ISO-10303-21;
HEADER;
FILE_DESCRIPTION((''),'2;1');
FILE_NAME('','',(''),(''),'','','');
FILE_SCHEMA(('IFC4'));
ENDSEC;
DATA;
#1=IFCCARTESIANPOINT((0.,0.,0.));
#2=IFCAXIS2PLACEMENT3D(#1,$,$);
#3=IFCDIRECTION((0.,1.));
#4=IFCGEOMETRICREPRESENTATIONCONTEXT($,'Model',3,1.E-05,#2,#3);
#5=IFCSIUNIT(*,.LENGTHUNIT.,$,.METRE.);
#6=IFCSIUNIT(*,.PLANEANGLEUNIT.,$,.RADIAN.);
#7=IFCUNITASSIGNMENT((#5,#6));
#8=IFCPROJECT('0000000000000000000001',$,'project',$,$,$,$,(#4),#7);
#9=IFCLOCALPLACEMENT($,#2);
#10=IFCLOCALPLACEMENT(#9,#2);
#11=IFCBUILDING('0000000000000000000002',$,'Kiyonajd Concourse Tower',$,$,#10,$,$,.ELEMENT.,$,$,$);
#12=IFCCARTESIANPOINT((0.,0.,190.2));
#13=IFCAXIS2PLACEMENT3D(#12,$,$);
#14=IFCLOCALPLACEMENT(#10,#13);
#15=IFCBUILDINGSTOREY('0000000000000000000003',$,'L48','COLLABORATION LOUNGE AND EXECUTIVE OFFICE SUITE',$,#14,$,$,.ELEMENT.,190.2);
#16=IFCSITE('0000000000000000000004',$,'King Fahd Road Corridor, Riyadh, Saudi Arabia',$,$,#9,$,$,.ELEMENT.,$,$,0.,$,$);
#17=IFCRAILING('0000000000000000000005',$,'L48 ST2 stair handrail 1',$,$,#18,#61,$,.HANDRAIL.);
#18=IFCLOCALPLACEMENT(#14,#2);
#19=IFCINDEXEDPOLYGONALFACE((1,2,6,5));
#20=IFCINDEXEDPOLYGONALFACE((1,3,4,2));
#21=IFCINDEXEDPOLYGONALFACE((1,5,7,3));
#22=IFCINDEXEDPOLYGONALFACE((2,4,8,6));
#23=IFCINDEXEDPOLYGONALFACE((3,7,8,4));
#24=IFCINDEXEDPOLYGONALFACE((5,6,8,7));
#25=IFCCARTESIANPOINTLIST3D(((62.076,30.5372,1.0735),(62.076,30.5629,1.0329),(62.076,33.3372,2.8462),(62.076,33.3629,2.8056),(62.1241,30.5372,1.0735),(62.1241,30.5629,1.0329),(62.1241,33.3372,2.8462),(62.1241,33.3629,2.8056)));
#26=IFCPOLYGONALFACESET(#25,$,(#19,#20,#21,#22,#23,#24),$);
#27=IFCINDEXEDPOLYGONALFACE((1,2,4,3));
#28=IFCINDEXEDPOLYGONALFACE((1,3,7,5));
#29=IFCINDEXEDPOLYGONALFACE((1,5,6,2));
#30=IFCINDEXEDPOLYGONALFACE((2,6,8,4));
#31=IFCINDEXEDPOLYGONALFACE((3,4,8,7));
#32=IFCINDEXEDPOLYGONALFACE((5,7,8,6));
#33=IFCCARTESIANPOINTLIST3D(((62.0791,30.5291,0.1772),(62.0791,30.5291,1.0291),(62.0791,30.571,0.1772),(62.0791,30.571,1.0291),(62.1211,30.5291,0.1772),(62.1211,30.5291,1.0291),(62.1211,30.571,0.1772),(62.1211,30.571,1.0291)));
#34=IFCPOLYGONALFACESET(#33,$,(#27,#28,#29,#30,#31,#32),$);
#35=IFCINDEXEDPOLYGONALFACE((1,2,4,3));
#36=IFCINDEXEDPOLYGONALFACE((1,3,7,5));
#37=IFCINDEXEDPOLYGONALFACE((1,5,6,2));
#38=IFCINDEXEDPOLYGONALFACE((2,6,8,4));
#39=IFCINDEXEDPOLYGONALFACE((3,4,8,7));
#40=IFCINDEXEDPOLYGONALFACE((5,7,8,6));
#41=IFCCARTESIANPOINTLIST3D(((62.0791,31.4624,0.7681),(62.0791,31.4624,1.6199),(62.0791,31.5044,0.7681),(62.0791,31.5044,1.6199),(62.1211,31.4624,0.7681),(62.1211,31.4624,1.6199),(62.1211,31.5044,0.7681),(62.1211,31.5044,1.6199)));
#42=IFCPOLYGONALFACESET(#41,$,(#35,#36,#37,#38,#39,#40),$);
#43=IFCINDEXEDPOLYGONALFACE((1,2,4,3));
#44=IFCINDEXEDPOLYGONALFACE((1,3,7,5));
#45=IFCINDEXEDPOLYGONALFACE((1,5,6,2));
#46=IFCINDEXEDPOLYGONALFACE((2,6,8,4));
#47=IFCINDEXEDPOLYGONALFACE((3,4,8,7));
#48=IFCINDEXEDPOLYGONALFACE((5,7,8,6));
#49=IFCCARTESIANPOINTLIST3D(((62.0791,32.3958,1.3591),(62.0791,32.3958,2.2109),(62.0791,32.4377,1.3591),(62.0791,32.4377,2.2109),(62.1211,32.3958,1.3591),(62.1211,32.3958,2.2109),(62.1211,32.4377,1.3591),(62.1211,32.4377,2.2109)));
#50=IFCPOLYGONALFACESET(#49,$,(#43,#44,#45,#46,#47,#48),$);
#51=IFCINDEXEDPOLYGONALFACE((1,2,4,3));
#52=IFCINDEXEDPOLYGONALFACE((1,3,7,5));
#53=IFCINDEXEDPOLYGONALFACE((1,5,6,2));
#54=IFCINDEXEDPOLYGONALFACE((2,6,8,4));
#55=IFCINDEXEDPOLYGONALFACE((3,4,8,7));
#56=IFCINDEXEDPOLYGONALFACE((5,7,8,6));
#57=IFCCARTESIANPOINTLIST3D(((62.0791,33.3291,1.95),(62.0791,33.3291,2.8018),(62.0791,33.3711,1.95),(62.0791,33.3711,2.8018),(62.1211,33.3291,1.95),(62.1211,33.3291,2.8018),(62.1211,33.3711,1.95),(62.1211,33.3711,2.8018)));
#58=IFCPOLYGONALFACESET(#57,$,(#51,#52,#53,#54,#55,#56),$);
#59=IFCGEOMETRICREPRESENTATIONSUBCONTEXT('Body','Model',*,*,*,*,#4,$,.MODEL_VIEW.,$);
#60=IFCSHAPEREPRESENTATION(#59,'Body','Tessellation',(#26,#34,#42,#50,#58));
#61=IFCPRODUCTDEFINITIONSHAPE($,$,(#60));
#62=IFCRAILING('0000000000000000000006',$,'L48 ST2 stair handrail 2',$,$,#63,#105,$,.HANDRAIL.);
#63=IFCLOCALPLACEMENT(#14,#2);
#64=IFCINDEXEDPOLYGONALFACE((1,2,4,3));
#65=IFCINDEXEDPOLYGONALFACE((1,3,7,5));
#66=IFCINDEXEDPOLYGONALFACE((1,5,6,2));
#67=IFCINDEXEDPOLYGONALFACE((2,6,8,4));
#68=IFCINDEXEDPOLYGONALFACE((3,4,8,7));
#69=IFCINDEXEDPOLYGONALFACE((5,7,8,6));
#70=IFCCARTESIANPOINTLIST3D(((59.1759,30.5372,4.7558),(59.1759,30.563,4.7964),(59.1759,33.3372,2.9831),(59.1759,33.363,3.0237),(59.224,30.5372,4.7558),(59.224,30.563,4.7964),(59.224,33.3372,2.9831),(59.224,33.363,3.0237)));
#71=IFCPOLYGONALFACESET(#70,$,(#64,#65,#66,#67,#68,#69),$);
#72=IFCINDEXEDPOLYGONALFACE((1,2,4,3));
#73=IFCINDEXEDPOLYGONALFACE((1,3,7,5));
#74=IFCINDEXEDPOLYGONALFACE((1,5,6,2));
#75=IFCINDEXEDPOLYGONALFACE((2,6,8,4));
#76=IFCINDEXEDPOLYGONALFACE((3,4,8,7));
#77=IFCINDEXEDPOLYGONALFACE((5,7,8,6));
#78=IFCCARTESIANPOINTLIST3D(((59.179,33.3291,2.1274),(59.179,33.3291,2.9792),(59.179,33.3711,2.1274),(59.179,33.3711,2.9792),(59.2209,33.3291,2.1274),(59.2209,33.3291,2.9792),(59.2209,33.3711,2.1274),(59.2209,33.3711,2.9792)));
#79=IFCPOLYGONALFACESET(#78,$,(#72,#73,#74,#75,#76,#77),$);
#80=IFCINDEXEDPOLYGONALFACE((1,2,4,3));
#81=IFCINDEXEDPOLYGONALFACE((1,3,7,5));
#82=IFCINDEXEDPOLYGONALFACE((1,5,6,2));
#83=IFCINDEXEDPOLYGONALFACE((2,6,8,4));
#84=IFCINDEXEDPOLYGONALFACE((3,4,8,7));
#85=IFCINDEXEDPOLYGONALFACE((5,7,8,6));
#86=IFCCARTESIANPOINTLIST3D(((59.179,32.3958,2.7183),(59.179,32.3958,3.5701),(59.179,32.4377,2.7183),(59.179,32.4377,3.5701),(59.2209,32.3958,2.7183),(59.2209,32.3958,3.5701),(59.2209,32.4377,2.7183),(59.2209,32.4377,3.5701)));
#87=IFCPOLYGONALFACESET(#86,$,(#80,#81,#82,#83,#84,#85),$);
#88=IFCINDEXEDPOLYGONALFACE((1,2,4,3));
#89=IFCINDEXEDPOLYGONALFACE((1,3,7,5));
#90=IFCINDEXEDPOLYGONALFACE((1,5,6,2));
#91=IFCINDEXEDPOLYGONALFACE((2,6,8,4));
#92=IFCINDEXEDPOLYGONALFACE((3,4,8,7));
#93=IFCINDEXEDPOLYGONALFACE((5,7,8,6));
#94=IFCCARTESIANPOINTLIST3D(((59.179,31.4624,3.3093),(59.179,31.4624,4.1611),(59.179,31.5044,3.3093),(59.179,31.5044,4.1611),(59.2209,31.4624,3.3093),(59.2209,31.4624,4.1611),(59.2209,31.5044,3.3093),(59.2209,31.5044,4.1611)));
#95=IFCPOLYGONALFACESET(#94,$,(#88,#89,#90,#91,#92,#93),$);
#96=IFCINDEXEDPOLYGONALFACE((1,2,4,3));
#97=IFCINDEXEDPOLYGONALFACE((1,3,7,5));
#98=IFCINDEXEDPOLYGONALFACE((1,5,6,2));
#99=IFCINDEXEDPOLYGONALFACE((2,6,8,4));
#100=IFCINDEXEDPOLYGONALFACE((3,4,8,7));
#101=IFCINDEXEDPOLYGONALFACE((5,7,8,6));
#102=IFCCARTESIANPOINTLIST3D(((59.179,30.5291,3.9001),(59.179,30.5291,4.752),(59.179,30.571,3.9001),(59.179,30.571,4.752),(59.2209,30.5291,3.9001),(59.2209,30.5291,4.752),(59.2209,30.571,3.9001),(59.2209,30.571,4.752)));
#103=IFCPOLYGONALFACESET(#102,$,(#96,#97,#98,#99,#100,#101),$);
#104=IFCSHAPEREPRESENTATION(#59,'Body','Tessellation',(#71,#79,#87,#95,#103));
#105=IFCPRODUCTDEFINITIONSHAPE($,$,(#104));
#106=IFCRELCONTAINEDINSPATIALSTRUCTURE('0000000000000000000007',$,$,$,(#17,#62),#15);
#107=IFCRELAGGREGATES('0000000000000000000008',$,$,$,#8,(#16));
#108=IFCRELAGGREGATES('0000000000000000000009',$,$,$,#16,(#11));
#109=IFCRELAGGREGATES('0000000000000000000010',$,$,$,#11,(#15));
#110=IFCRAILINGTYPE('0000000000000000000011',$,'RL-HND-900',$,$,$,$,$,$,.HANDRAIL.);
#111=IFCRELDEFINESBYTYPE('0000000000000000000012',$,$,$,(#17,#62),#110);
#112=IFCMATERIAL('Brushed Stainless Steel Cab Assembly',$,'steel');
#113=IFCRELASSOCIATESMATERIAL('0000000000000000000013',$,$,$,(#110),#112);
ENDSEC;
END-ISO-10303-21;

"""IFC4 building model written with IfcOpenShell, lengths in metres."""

from ifc_helpers import new_model, si_unit, direction, frame, origin, origin_2d, place, context, subcontext, project, spatial, rectangle, extrude, material, type_object, element, save


model = new_model("IFC4")

# Units and contexts
model_context = context("Model", 3, precision=1e-05, world=origin(), true_north=direction((0.0, 1.0)))
body_context = subcontext(model_context, "Body", "Model", "MODEL_VIEW")
ifc_project = project(units=[si_unit("LENGTHUNIT", "METRE"), si_unit("PLANEANGLEUNIT", "RADIAN")], contexts=[model_context])

# Site, building, storey
site_placement = place(None, origin())
site = spatial("IfcSite", under=ifc_project, at=site_placement, Name="King Fahd Road Corridor, Riyadh, Saudi Arabia", CompositionType="ELEMENT", RefElevation=0.0)
building_placement = place(site_placement, origin())
building = spatial("IfcBuilding", under=site, at=building_placement, Name="Kiyonajd Concourse Tower", CompositionType="ELEMENT")
storey_placement = place(building_placement, frame((0.0, 0.0, 190.2)))
storey = spatial("IfcBuildingStorey", under=building, at=storey_placement, Name="L48", Description="COLLABORATION LOUNGE AND EXECUTIVE OFFICE SUITE", CompositionType="ELEMENT", Elevation=190.2)

# Railings
ifc_material_1 = material(Name="Brushed Stainless Steel Cab Assembly", Category="steel")
railing_type_1 = type_object("IfcRailingType", Name="RL-HND-900", PredefinedType="HANDRAIL", material=ifc_material_1)
railing_1_placement = place(storey_placement, frame((62.1001, 30.55, 0.1772)))
element("IfcRailing", 1, at=railing_1_placement, inside=storey, type_object=railing_type_1, Name="L48 ST2 stair handrail 1", PredefinedType="HANDRAIL", context=body_context, shape_type="SweptSolid", body=[
    extrude(rectangle(XDim=0.0481, YDim=0.0481, at=origin_2d()), frame((0.0, 0.0, 0.876), z_axis=(0.0, 0.844909, 0.53491), x_axis=(-1.0, 0.0, 0.0)), (0.0, 0.0, 1.0), 3.314),
    extrude(rectangle(XDim=0.042, YDim=0.042, at=origin_2d()), origin(), (0.0, 0.0, 1.0), 0.8518),
    extrude(rectangle(XDim=0.042, YDim=0.042, at=origin_2d()), frame((0.0, 0.9333, 0.5908)), (0.0, 0.0, 1.0), 0.8518),
    extrude(rectangle(XDim=0.042, YDim=0.042, at=origin_2d()), frame((0.0, 1.8667, 1.1819)), (0.0, 0.0, 1.0), 0.8518),
    extrude(rectangle(XDim=0.042, YDim=0.042, at=origin_2d()), frame((0.0, 2.8, 1.7727)), (0.0, 0.0, 1.0), 0.8518),
])
railing_2_placement = place(storey_placement, frame((59.2, 33.3501, 2.1274)))
element("IfcRailing", 2, at=railing_2_placement, inside=storey, type_object=railing_type_1, Name="L48 ST2 stair handrail 2", PredefinedType="HANDRAIL", context=body_context, shape_type="SweptSolid", body=[
    extrude(rectangle(XDim=0.0481, YDim=0.0481, at=origin_2d()), frame((0.0, 0.0, 0.876), z_axis=(0.0, -0.844909, 0.53491), x_axis=(1.0, 0.0, 0.0)), (0.0, 0.0, 1.0), 3.314),
    extrude(rectangle(XDim=0.042, YDim=0.042, at=origin_2d()), origin(), (0.0, 0.0, 1.0), 0.8518),
    extrude(rectangle(XDim=0.042, YDim=0.042, at=origin_2d()), frame((0.0, -0.9333, 0.5908)), (0.0, 0.0, 1.0), 0.8518),
    extrude(rectangle(XDim=0.042, YDim=0.042, at=origin_2d()), frame((0.0, -1.8667, 1.1819)), (0.0, 0.0, 1.0), 0.8518),
    extrude(rectangle(XDim=0.042, YDim=0.042, at=origin_2d()), frame((0.0, -2.8, 1.7727)), (0.0, 0.0, 1.0), 0.8518),
])

save(model, "model.ifc")
